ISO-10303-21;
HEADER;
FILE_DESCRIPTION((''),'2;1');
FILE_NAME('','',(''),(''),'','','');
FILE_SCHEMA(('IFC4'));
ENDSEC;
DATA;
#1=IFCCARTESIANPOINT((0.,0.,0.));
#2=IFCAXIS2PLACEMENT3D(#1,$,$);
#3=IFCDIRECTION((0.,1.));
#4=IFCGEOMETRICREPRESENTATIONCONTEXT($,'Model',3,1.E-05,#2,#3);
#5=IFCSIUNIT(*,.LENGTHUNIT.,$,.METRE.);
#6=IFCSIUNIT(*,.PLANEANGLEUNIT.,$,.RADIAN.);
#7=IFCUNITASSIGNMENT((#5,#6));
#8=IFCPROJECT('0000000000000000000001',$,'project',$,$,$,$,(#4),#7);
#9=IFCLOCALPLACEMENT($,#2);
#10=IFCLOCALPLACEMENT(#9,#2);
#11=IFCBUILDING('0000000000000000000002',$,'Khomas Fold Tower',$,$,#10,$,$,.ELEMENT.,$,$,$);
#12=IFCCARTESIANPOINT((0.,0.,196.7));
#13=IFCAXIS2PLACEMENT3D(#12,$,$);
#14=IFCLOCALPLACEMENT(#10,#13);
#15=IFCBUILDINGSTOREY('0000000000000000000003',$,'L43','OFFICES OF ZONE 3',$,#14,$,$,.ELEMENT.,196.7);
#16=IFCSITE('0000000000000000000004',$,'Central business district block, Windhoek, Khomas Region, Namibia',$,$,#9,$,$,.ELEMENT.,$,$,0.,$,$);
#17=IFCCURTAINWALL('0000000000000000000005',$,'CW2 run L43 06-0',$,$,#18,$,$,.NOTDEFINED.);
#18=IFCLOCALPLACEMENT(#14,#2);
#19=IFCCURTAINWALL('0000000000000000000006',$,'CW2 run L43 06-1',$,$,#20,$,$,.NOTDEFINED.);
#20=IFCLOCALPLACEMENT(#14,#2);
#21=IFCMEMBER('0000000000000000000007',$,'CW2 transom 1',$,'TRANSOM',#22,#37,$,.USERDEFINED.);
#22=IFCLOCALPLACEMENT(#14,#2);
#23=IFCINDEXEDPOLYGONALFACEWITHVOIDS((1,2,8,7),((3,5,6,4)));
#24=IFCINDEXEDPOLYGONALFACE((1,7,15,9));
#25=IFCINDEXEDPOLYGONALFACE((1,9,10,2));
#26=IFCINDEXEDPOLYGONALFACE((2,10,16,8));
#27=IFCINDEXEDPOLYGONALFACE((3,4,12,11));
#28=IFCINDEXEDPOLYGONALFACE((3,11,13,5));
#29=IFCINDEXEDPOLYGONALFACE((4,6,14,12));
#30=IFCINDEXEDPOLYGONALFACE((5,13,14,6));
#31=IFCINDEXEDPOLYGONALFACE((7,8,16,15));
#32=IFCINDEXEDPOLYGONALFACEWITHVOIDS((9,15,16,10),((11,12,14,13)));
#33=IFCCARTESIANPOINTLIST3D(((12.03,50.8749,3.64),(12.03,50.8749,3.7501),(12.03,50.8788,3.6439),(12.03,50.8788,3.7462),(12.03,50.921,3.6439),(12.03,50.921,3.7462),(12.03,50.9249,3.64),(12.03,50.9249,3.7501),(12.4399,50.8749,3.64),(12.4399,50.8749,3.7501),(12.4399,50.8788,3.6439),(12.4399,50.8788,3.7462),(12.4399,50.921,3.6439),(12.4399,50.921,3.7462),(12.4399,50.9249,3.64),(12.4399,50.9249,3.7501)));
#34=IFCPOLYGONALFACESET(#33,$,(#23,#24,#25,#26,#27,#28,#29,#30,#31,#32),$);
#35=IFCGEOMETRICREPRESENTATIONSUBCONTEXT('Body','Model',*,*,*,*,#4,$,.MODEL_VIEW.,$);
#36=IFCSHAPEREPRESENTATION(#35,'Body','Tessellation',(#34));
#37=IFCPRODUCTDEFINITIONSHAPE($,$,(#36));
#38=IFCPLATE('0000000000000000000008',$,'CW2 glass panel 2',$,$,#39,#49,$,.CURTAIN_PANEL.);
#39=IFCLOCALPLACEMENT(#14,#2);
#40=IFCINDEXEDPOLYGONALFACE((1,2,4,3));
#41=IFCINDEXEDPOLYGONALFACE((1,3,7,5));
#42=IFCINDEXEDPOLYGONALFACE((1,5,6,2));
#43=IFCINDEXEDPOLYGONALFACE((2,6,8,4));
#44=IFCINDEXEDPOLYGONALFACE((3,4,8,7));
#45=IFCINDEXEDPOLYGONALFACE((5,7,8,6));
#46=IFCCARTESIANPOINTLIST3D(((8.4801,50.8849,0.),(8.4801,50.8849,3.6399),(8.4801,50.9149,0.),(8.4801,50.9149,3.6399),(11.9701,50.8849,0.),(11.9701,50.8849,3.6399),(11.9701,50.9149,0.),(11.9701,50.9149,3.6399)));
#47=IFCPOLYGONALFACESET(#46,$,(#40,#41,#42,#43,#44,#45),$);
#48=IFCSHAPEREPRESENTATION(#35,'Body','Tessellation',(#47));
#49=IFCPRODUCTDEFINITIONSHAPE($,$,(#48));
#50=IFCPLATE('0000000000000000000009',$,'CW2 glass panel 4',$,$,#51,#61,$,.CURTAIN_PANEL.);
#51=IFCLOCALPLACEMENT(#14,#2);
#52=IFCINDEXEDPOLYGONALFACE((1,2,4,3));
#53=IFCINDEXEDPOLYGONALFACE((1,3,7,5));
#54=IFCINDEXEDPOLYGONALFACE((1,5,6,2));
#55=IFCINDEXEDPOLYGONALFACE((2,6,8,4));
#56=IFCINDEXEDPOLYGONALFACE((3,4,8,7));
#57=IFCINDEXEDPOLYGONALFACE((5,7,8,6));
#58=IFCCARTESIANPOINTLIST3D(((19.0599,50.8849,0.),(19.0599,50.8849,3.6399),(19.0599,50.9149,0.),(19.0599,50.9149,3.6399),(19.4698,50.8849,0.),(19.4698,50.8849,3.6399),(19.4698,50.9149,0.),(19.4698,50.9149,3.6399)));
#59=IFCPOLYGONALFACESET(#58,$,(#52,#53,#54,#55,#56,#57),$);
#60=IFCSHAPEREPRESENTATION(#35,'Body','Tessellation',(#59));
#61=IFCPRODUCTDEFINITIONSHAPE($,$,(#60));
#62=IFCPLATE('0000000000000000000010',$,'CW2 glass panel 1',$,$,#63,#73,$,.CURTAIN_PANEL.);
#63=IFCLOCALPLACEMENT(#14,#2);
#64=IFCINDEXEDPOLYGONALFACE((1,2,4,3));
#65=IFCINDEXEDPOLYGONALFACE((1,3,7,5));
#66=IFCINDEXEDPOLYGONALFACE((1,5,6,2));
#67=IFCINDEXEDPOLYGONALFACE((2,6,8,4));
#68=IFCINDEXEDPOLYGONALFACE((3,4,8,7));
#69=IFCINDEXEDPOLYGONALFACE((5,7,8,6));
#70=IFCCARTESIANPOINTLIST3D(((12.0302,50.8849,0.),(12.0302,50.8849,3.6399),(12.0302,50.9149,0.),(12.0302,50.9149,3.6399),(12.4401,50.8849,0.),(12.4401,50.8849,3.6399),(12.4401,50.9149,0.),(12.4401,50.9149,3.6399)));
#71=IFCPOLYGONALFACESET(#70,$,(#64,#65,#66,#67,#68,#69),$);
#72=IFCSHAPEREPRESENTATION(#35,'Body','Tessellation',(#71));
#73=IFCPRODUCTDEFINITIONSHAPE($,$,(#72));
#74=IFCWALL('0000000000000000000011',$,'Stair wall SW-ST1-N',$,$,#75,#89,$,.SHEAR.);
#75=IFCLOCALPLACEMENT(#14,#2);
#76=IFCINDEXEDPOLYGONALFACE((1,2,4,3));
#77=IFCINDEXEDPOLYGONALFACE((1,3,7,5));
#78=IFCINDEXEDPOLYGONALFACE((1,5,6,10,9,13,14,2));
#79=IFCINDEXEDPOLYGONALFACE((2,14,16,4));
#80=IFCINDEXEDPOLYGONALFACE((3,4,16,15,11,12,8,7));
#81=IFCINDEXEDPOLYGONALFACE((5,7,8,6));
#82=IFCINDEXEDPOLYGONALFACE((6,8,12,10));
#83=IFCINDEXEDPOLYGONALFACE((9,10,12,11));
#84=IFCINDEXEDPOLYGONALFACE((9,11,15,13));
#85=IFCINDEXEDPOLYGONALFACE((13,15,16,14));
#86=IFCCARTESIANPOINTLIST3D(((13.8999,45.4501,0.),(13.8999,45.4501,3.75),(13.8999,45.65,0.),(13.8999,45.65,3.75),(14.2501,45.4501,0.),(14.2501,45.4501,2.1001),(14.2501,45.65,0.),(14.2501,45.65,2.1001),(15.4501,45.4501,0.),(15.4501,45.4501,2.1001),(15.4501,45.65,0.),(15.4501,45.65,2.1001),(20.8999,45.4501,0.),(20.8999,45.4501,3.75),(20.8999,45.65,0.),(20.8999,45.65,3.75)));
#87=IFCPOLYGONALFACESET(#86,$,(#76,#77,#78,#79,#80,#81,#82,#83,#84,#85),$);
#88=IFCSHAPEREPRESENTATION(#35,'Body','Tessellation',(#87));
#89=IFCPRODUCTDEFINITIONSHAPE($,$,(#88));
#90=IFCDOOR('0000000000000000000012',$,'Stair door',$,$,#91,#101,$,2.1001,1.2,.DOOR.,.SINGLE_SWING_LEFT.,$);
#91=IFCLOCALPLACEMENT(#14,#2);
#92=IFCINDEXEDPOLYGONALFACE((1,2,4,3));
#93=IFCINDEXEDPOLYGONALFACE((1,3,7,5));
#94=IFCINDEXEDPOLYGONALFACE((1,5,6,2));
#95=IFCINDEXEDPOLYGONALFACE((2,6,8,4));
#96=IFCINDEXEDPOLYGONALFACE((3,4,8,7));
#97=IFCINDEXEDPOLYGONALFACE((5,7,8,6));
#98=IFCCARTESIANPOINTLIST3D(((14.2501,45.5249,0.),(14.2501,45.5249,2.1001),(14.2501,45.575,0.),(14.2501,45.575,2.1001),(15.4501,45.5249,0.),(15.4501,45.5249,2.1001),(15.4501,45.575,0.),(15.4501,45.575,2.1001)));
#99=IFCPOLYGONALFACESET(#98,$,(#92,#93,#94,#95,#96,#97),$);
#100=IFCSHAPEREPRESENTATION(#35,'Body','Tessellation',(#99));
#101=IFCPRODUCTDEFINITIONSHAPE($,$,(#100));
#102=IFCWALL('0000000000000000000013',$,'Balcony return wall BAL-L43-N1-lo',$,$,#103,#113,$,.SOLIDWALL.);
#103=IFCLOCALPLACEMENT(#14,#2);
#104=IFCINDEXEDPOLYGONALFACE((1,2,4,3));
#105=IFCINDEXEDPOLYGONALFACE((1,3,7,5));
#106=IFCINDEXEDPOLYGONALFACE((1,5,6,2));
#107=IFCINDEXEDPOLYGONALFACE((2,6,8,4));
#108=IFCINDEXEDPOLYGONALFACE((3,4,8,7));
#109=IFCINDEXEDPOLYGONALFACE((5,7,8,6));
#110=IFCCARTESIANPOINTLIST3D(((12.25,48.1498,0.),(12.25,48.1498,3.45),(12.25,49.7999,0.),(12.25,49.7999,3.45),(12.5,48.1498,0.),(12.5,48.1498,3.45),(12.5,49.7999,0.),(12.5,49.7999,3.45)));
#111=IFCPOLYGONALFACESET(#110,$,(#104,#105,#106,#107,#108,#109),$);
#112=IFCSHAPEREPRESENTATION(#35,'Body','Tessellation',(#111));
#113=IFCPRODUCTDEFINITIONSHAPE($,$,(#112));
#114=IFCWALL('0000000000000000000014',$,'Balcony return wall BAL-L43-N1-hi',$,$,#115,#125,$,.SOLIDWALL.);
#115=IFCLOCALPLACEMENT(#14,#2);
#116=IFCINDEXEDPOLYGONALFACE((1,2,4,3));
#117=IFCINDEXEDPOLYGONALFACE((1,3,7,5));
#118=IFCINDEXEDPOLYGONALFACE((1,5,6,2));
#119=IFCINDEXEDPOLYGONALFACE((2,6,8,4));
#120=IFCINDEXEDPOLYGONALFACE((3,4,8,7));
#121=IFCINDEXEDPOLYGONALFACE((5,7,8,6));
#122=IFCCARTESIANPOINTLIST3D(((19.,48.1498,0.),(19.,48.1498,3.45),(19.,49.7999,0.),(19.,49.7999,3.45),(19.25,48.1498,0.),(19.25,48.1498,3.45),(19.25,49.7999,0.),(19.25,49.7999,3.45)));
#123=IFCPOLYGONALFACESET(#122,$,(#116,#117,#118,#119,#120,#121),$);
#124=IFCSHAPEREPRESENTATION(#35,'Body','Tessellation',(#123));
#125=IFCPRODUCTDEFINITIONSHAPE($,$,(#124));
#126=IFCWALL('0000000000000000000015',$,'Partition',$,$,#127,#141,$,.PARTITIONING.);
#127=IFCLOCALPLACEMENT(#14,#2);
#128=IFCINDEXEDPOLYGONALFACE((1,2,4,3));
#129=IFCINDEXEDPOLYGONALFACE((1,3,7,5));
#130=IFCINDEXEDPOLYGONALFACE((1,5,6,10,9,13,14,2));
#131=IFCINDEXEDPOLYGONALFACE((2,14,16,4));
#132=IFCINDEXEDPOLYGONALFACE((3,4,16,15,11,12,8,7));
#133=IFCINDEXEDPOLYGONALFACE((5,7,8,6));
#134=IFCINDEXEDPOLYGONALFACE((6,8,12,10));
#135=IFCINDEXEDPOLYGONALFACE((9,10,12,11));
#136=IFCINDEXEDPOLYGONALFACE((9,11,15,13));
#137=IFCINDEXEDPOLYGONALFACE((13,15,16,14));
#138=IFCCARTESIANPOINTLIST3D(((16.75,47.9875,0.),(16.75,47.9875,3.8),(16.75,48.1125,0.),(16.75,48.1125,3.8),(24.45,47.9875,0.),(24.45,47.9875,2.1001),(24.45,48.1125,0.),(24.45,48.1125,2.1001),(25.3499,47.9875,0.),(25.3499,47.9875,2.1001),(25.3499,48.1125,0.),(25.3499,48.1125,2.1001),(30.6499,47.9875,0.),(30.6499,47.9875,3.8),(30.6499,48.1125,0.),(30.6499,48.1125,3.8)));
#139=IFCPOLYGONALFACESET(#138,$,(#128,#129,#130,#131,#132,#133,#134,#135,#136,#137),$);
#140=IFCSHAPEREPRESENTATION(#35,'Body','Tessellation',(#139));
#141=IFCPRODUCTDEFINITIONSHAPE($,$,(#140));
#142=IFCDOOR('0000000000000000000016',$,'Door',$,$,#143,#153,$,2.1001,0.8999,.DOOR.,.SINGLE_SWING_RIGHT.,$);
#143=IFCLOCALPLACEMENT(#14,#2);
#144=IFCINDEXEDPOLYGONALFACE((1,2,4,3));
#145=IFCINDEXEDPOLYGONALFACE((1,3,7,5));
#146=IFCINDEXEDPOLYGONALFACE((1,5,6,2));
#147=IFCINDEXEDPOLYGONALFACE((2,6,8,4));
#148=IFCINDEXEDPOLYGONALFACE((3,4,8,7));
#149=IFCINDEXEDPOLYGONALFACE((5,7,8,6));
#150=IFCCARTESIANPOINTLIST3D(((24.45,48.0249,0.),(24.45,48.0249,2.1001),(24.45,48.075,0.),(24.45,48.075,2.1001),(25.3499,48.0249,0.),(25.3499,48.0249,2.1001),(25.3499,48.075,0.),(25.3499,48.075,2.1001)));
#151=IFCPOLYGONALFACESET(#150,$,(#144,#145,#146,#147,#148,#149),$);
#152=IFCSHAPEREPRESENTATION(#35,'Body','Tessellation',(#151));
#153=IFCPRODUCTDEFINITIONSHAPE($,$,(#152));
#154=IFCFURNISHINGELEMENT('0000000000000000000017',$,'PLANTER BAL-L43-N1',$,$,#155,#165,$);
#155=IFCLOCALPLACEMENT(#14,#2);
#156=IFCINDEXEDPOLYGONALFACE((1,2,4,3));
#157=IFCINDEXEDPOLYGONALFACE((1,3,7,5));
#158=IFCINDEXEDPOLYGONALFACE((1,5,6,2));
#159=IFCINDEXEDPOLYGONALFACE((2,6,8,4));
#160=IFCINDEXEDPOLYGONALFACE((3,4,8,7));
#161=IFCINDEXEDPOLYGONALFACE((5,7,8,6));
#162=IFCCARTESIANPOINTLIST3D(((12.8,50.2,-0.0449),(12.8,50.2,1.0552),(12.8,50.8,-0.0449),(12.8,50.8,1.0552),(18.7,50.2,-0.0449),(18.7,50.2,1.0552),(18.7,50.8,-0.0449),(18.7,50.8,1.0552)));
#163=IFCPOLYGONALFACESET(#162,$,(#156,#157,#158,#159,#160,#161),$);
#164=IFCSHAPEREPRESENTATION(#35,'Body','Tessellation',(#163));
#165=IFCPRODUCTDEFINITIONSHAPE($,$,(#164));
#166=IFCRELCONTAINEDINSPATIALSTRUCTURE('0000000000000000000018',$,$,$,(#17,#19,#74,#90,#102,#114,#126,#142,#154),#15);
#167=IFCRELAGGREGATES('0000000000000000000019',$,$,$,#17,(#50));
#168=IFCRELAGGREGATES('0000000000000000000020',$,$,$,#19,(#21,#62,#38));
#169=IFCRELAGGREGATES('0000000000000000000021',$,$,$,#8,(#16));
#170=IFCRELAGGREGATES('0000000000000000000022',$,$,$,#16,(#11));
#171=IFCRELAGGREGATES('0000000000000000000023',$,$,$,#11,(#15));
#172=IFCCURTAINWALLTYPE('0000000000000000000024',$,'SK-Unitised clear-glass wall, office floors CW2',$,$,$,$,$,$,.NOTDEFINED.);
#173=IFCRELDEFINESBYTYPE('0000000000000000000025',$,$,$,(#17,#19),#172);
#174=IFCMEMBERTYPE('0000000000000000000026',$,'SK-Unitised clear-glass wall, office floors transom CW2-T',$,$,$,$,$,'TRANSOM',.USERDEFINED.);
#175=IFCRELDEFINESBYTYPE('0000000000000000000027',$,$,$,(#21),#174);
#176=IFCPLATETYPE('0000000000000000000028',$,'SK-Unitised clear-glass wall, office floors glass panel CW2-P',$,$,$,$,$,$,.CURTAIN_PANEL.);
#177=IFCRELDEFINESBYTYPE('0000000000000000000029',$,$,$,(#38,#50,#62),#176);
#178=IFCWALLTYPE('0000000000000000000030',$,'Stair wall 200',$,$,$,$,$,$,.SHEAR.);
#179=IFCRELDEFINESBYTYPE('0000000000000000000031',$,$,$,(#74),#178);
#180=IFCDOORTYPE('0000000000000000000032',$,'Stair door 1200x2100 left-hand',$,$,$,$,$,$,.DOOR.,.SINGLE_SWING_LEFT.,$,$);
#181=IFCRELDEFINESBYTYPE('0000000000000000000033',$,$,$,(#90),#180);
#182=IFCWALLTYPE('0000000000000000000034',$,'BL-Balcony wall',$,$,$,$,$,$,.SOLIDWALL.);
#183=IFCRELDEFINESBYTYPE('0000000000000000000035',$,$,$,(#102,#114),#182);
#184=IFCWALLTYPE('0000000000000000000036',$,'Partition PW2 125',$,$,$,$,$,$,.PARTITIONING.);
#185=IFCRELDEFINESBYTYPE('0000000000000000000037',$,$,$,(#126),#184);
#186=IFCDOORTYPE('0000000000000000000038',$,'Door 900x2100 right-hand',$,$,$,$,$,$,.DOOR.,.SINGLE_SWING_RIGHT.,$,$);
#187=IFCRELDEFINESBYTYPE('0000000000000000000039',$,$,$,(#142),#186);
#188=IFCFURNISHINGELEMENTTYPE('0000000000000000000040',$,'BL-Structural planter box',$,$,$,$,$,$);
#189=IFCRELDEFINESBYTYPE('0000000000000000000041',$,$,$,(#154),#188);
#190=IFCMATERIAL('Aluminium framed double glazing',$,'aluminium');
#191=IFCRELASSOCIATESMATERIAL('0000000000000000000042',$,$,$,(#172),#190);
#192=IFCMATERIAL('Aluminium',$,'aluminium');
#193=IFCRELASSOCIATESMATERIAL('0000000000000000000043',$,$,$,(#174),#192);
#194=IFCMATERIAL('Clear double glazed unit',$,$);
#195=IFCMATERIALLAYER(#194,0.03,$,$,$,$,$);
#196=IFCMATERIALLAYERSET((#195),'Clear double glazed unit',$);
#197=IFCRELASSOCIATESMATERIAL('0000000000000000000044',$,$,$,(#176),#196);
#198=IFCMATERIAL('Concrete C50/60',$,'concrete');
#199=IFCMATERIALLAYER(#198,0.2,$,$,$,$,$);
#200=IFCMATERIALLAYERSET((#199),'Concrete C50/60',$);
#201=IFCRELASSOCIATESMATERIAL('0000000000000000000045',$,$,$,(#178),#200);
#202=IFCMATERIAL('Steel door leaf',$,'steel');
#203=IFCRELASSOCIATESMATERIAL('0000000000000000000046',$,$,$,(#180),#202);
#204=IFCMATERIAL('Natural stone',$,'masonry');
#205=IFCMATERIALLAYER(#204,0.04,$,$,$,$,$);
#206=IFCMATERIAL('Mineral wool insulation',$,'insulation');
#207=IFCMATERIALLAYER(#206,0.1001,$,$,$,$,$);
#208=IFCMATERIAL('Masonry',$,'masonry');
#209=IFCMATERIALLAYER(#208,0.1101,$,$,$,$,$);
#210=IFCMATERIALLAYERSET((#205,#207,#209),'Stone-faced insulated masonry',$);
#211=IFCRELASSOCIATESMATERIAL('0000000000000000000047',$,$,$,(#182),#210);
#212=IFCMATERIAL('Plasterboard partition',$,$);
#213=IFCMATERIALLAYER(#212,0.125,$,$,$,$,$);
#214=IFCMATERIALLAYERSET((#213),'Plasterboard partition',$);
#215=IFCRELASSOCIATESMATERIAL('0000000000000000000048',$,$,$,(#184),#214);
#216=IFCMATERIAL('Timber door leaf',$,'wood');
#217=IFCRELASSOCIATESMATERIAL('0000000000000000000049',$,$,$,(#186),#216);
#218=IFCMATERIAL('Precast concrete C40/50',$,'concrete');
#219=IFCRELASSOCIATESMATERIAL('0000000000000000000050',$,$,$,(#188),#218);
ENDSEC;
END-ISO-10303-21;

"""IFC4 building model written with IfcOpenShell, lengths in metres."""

from ifc_helpers import new_model, si_unit, direction, frame, frame_2d, origin, origin_2d, place, context, subcontext, project, spatial, rectangle, hollow_rectangle, extrude, source, transform, mapped, material, layer, layer_set, material_profile, profile_set, type_object, element, fill, aggregate, save


model = new_model("IFC4")

# Units and contexts
model_context = context("Model", 3, precision=1e-05, world=origin(), true_north=direction((0.0, 1.0)))
body_context = subcontext(model_context, "Body", "Model", "MODEL_VIEW")
ifc_project = project(units=[si_unit("LENGTHUNIT", "METRE"), si_unit("PLANEANGLEUNIT", "RADIAN")], contexts=[model_context])

# Site, building, storey
site_placement = place(None, origin())
site = spatial("IfcSite", under=ifc_project, at=site_placement, Name="Central business district block, Windhoek, Khomas Region, Namibia", CompositionType="ELEMENT", RefElevation=0.0)
building_placement = place(site_placement, origin())
building = spatial("IfcBuilding", under=site, at=building_placement, Name="Khomas Fold Tower", CompositionType="ELEMENT")
storey_placement = place(building_placement, frame((0.0, 0.0, 196.7)))
storey = spatial("IfcBuildingStorey", under=building, at=storey_placement, Name="L43", Description="OFFICES OF ZONE 3", CompositionType="ELEMENT", Elevation=196.7)

# Curtain wall
ifc_material_1 = material(Name="Aluminium framed double glazing", Category="aluminium")
curtain_wall_type = type_object("IfcCurtainWallType", Name="SK-Unitised clear-glass wall, office floors CW2", PredefinedType="NOTDEFINED", material=ifc_material_1)
curtain_wall_1_placement = place(storey_placement, origin())
curtain_wall_1 = element("IfcCurtainWall", 1, at=curtain_wall_1_placement, inside=storey, type_object=curtain_wall_type, Name="CW2 run L43 06-0", PredefinedType="NOTDEFINED")

# Curtain wall
curtain_wall_2_placement = place(storey_placement, origin())
curtain_wall_2 = element("IfcCurtainWall", 2, at=curtain_wall_2_placement, inside=storey, type_object=curtain_wall_type, Name="CW2 run L43 06-1", PredefinedType="NOTDEFINED")
ifc_material_2 = material(Name="Aluminium", Category="aluminium")
ifc_material_profile_1 = material_profile(ifc_material_2, hollow_rectangle(XDim=0.05, YDim=0.1101, WallThickness=0.0039, at=origin_2d()), Name="SK-Unitised clear-glass wall, office floors transom CW2-T")
ifc_profile_set_1 = profile_set([ifc_material_profile_1], Name="Aluminium")
member_type_1 = type_object("IfcMemberType", Name="SK-Unitised clear-glass wall, office floors transom CW2-T", ElementType="TRANSOM", PredefinedType="USERDEFINED", material=ifc_profile_set_1)

# Member
shared_shape_1 = source(origin(), body_context, "Body", "SweptSolid", [
    extrude(hollow_rectangle(XDim=0.05, YDim=0.1101, WallThickness=0.0039, at=origin_2d()), origin(), (0.0, 0.0, 1.0), 0.4099),
])
member_1_placement = place(storey_placement, frame((12.4399, 50.8999, 3.6951), z_axis=(-1.0, 0.0, 0.0), x_axis=(0.0, -1.0, 0.0)))
member_1 = element("IfcMember", 3, at=member_1_placement, type_object=member_type_1, Name="CW2 transom 1", ObjectType="TRANSOM", PredefinedType="USERDEFINED", context=body_context, shape_type="MappedRepresentation", body=[
    mapped(shared_shape_1, transform((0.0, 0.0, 0.0))),
])

# Plates
ifc_material_3 = material(Name="Clear double glazed unit")
ifc_layer_1 = layer(ifc_material_3, 0.03)
ifc_layer_set_1 = layer_set([ifc_layer_1], Name="Clear double glazed unit")
plate_type = type_object("IfcPlateType", Name="SK-Unitised clear-glass wall, office floors glass panel CW2-P", PredefinedType="CURTAIN_PANEL", material=ifc_layer_set_1)
shared_shape_2 = source(origin(), body_context, "Body", "SweptSolid", [
    extrude(rectangle(XDim=3.49, YDim=0.03, at=origin_2d()), origin(), (0.0, 0.0, 1.0), 3.6399),
])
plate_1_placement = place(storey_placement, frame((10.2251, 50.8999, 0.0), z_axis=(0.0, 0.0, 1.0), x_axis=(-1.0, 0.0, 0.0)))
plate_1 = element("IfcPlate", 4, at=plate_1_placement, type_object=plate_type, Name="CW2 glass panel 2", PredefinedType="CURTAIN_PANEL", context=body_context, shape_type="MappedRepresentation", body=[
    mapped(shared_shape_2, transform((0.0, 0.0, 0.0))),
])
shared_shape_3 = source(origin(), body_context, "Body", "SweptSolid", [
    extrude(rectangle(XDim=0.4099, YDim=0.03, at=origin_2d()), origin(), (0.0, 0.0, 1.0), 3.6399),
])
plate_2_placement = place(storey_placement, frame((19.2649, 50.8999, 0.0), z_axis=(0.0, 0.0, 1.0), x_axis=(-1.0, 0.0, 0.0)))
plate_2 = element("IfcPlate", 5, at=plate_2_placement, type_object=plate_type, Name="CW2 glass panel 4", PredefinedType="CURTAIN_PANEL", context=body_context, shape_type="MappedRepresentation", body=[
    mapped(shared_shape_3, transform((0.0, 0.0, 0.0))),
])
aggregate(curtain_wall_1, [plate_2])
plate_3_placement = place(storey_placement, frame((12.2351, 50.8999, 0.0), z_axis=(0.0, 0.0, 1.0), x_axis=(-1.0, 0.0, 0.0)))
plate_3 = element("IfcPlate", 6, at=plate_3_placement, type_object=plate_type, Name="CW2 glass panel 1", PredefinedType="CURTAIN_PANEL", context=body_context, shape_type="MappedRepresentation", body=[
    mapped(shared_shape_3, transform((0.0, 0.0, 0.0))),
])
aggregate(curtain_wall_2, [member_1, plate_3, plate_1])

# Wall, opening, door
ifc_material_4 = material(Name="Concrete C50/60", Category="concrete")
ifc_layer_2 = layer(ifc_material_4, 0.2)
ifc_layer_set_2 = layer_set([ifc_layer_2], Name="Concrete C50/60")
wall_type_1 = type_object("IfcWallType", Name="Stair wall 200", PredefinedType="SHEAR", material=ifc_layer_set_2)
shared_shape_4 = source(origin(), body_context, "Body", "SweptSolid", [
    extrude(rectangle(XDim=7.0, YDim=0.2, at=frame_2d((3.5, 0.0))), origin(), (0.0, 0.0, 1.0), 3.75),
])
wall_1_placement = place(storey_placement, frame((13.8999, 45.55, 0.0), z_axis=(0.0, 0.0, 1.0), x_axis=(1.0, 0.0, 0.0)))
wall_1 = element("IfcWall", 7, at=wall_1_placement, inside=storey, type_object=wall_type_1, Name="Stair wall SW-ST1-N", PredefinedType="SHEAR", context=body_context, shape_type="MappedRepresentation", body=[
    mapped(shared_shape_4, transform((0.0, 0.0, 0.0))),
])
shared_shape_5 = source(origin(), body_context, "Body", "SweptSolid", [
    extrude(rectangle(XDim=1.2, YDim=2.1001, at=frame_2d((0.6001, 1.05))), frame((0.0, 0.1099, 0.0), z_axis=(0.0, -1.0, 0.0), x_axis=(1.0, 0.0, 0.0)), (0.0, 0.0, 1.0), 0.22),
])
opening_1_placement = place(wall_1_placement, frame((0.3501, 0.0, 0.0)))
opening_1 = element("IfcOpeningElement", 8, at=opening_1_placement, cuts=wall_1, PredefinedType="OPENING", context=body_context, shape_type="MappedRepresentation", body=[
    mapped(shared_shape_5, transform((0.0, 0.0, 0.0))),
])
ifc_material_5 = material(Name="Steel door leaf", Category="steel")
door_type_1 = type_object("IfcDoorType", Name="Stair door 1200x2100 left-hand", OperationType="SINGLE_SWING_LEFT", PredefinedType="DOOR", material=ifc_material_5)
shared_shape_6 = source(origin(), body_context, "Body", "SweptSolid", [
    extrude(rectangle(XDim=1.2, YDim=2.1001, at=frame_2d((0.6001, 1.05))), frame((0.0, 0.0249, 0.0), z_axis=(0.0, -1.0, 0.0), x_axis=(1.0, 0.0, 0.0)), (0.0, 0.0, 1.0), 0.05),
])
door_1_placement = place(opening_1_placement, origin())
door_1 = element("IfcDoor", 9, at=door_1_placement, inside=storey, type_object=door_type_1, Name="Stair door", OperationType="SINGLE_SWING_LEFT", OverallHeight=2.1001, OverallWidth=1.2, PredefinedType="DOOR", context=body_context, shape_type="MappedRepresentation", body=[
    mapped(shared_shape_6, transform((0.0, 0.0, 0.0))),
])
fill(opening_1, door_1)

# Shared definitions
ifc_material_6 = material(Name="Natural stone", Category="masonry")
ifc_layer_3 = layer(ifc_material_6, 0.04)
ifc_material_7 = material(Name="Mineral wool insulation", Category="insulation")
ifc_layer_4 = layer(ifc_material_7, 0.1001)
ifc_material_8 = material(Name="Masonry", Category="masonry")
ifc_layer_5 = layer(ifc_material_8, 0.1101)
ifc_layer_set_3 = layer_set([ifc_layer_3, ifc_layer_4, ifc_layer_5], Name="Stone-faced insulated masonry")
wall_type_2 = type_object("IfcWallType", Name="BL-Balcony wall", PredefinedType="SOLIDWALL", material=ifc_layer_set_3)

# Walls
shared_shape_7 = source(origin(), body_context, "Body", "SweptSolid", [
    extrude(rectangle(XDim=1.6501, YDim=0.25, at=frame_2d((0.8252, 0.0))), origin(), (0.0, 0.0, 1.0), 3.45),
])
for number, where, z_axis, x_axis, name in (
    (10, (12.375, 49.8, 0.0), (0.0, 0.0, 1.0), (0.0, -1.0, 0.0), "Balcony return wall BAL-L43-N1-lo"),
    (11, (19.125, 49.8, 0.0), (0.0, 0.0, 1.0), (0.0, -1.0, 0.0), "Balcony return wall BAL-L43-N1-hi"),
):
    element("IfcWall", number, at=place(storey_placement, frame(where, z_axis=z_axis, x_axis=x_axis)), inside=storey, type_object=wall_type_2, Name=name, PredefinedType="SOLIDWALL", context=body_context, shape_type="MappedRepresentation", body=[
        mapped(shared_shape_7, transform((0.0, 0.0, 0.0))),
    ])

# Wall, opening, door
ifc_material_9 = material(Name="Plasterboard partition")
ifc_layer_6 = layer(ifc_material_9, 0.125)
ifc_layer_set_4 = layer_set([ifc_layer_6], Name="Plasterboard partition")
wall_type_3 = type_object("IfcWallType", Name="Partition PW2 125", PredefinedType="PARTITIONING", material=ifc_layer_set_4)
shared_shape_8 = source(origin(), body_context, "Body", "SweptSolid", [
    extrude(rectangle(XDim=13.8999, YDim=0.125, at=frame_2d((6.95, 0.0))), origin(), (0.0, 0.0, 1.0), 3.8),
])
wall_2_placement = place(storey_placement, frame((16.75, 48.05, 0.0), z_axis=(0.0, 0.0, 1.0), x_axis=(1.0, 0.0, 0.0)))
wall_2 = element("IfcWall", 12, at=wall_2_placement, inside=storey, type_object=wall_type_3, Name="Partition", PredefinedType="PARTITIONING", context=body_context, shape_type="MappedRepresentation", body=[
    mapped(shared_shape_8, transform((0.0, 0.0, 0.0))),
])
shared_shape_9 = source(origin(), body_context, "Body", "SweptSolid", [
    extrude(rectangle(XDim=0.8999, YDim=2.1001, at=frame_2d((0.45, 1.05))), frame((0.0, 0.0725, 0.0), z_axis=(0.0, -1.0, 0.0), x_axis=(1.0, 0.0, 0.0)), (0.0, 0.0, 1.0), 0.145),
])
opening_2_placement = place(wall_2_placement, frame((7.7, 0.0, 0.0)))
opening_2 = element("IfcOpeningElement", 13, at=opening_2_placement, cuts=wall_2, PredefinedType="OPENING", context=body_context, shape_type="MappedRepresentation", body=[
    mapped(shared_shape_9, transform((0.0, 0.0, 0.0))),
])
ifc_material_10 = material(Name="Timber door leaf", Category="wood")
door_type_2 = type_object("IfcDoorType", Name="Door 900x2100 right-hand", OperationType="SINGLE_SWING_RIGHT", PredefinedType="DOOR", material=ifc_material_10)
shared_shape_10 = source(origin(), body_context, "Body", "SweptSolid", [
    extrude(rectangle(XDim=0.8999, YDim=2.1001, at=frame_2d((0.45, 1.05))), frame((0.0, 0.0249, 0.0), z_axis=(0.0, -1.0, 0.0), x_axis=(1.0, 0.0, 0.0)), (0.0, 0.0, 1.0), 0.05),
])
door_2_placement = place(opening_2_placement, origin())
door_2 = element("IfcDoor", 14, at=door_2_placement, inside=storey, type_object=door_type_2, Name="Door", OperationType="SINGLE_SWING_RIGHT", OverallHeight=2.1001, OverallWidth=0.8999, PredefinedType="DOOR", context=body_context, shape_type="MappedRepresentation", body=[
    mapped(shared_shape_10, transform((0.0, 0.0, 0.0))),
])
fill(opening_2, door_2)

# Furnishing element
ifc_material_11 = material(Name="Precast concrete C40/50", Category="concrete")
furnishing_element_type_1 = type_object("IfcFurnishingElementType", Name="BL-Structural planter box", material=ifc_material_11)
shared_shape_11 = source(origin(), body_context, "Body", "SweptSolid", [
    extrude(rectangle(XDim=5.8999, YDim=0.6001, at=origin_2d()), origin(), (0.0, 0.0, 1.0), 1.1001),
])
furnishing_1_placement = place(storey_placement, frame((15.75, 50.5, -0.0449), z_axis=(0.0, 0.0, 1.0), x_axis=(1.0, 0.0, 0.0)))
element("IfcFurnishingElement", 15, at=furnishing_1_placement, inside=storey, type_object=furnishing_element_type_1, Name="PLANTER BAL-L43-N1", context=body_context, shape_type="MappedRepresentation", body=[
    mapped(shared_shape_11, transform((0.0, 0.0, 0.0))),
])

save(model, "model.ifc")
